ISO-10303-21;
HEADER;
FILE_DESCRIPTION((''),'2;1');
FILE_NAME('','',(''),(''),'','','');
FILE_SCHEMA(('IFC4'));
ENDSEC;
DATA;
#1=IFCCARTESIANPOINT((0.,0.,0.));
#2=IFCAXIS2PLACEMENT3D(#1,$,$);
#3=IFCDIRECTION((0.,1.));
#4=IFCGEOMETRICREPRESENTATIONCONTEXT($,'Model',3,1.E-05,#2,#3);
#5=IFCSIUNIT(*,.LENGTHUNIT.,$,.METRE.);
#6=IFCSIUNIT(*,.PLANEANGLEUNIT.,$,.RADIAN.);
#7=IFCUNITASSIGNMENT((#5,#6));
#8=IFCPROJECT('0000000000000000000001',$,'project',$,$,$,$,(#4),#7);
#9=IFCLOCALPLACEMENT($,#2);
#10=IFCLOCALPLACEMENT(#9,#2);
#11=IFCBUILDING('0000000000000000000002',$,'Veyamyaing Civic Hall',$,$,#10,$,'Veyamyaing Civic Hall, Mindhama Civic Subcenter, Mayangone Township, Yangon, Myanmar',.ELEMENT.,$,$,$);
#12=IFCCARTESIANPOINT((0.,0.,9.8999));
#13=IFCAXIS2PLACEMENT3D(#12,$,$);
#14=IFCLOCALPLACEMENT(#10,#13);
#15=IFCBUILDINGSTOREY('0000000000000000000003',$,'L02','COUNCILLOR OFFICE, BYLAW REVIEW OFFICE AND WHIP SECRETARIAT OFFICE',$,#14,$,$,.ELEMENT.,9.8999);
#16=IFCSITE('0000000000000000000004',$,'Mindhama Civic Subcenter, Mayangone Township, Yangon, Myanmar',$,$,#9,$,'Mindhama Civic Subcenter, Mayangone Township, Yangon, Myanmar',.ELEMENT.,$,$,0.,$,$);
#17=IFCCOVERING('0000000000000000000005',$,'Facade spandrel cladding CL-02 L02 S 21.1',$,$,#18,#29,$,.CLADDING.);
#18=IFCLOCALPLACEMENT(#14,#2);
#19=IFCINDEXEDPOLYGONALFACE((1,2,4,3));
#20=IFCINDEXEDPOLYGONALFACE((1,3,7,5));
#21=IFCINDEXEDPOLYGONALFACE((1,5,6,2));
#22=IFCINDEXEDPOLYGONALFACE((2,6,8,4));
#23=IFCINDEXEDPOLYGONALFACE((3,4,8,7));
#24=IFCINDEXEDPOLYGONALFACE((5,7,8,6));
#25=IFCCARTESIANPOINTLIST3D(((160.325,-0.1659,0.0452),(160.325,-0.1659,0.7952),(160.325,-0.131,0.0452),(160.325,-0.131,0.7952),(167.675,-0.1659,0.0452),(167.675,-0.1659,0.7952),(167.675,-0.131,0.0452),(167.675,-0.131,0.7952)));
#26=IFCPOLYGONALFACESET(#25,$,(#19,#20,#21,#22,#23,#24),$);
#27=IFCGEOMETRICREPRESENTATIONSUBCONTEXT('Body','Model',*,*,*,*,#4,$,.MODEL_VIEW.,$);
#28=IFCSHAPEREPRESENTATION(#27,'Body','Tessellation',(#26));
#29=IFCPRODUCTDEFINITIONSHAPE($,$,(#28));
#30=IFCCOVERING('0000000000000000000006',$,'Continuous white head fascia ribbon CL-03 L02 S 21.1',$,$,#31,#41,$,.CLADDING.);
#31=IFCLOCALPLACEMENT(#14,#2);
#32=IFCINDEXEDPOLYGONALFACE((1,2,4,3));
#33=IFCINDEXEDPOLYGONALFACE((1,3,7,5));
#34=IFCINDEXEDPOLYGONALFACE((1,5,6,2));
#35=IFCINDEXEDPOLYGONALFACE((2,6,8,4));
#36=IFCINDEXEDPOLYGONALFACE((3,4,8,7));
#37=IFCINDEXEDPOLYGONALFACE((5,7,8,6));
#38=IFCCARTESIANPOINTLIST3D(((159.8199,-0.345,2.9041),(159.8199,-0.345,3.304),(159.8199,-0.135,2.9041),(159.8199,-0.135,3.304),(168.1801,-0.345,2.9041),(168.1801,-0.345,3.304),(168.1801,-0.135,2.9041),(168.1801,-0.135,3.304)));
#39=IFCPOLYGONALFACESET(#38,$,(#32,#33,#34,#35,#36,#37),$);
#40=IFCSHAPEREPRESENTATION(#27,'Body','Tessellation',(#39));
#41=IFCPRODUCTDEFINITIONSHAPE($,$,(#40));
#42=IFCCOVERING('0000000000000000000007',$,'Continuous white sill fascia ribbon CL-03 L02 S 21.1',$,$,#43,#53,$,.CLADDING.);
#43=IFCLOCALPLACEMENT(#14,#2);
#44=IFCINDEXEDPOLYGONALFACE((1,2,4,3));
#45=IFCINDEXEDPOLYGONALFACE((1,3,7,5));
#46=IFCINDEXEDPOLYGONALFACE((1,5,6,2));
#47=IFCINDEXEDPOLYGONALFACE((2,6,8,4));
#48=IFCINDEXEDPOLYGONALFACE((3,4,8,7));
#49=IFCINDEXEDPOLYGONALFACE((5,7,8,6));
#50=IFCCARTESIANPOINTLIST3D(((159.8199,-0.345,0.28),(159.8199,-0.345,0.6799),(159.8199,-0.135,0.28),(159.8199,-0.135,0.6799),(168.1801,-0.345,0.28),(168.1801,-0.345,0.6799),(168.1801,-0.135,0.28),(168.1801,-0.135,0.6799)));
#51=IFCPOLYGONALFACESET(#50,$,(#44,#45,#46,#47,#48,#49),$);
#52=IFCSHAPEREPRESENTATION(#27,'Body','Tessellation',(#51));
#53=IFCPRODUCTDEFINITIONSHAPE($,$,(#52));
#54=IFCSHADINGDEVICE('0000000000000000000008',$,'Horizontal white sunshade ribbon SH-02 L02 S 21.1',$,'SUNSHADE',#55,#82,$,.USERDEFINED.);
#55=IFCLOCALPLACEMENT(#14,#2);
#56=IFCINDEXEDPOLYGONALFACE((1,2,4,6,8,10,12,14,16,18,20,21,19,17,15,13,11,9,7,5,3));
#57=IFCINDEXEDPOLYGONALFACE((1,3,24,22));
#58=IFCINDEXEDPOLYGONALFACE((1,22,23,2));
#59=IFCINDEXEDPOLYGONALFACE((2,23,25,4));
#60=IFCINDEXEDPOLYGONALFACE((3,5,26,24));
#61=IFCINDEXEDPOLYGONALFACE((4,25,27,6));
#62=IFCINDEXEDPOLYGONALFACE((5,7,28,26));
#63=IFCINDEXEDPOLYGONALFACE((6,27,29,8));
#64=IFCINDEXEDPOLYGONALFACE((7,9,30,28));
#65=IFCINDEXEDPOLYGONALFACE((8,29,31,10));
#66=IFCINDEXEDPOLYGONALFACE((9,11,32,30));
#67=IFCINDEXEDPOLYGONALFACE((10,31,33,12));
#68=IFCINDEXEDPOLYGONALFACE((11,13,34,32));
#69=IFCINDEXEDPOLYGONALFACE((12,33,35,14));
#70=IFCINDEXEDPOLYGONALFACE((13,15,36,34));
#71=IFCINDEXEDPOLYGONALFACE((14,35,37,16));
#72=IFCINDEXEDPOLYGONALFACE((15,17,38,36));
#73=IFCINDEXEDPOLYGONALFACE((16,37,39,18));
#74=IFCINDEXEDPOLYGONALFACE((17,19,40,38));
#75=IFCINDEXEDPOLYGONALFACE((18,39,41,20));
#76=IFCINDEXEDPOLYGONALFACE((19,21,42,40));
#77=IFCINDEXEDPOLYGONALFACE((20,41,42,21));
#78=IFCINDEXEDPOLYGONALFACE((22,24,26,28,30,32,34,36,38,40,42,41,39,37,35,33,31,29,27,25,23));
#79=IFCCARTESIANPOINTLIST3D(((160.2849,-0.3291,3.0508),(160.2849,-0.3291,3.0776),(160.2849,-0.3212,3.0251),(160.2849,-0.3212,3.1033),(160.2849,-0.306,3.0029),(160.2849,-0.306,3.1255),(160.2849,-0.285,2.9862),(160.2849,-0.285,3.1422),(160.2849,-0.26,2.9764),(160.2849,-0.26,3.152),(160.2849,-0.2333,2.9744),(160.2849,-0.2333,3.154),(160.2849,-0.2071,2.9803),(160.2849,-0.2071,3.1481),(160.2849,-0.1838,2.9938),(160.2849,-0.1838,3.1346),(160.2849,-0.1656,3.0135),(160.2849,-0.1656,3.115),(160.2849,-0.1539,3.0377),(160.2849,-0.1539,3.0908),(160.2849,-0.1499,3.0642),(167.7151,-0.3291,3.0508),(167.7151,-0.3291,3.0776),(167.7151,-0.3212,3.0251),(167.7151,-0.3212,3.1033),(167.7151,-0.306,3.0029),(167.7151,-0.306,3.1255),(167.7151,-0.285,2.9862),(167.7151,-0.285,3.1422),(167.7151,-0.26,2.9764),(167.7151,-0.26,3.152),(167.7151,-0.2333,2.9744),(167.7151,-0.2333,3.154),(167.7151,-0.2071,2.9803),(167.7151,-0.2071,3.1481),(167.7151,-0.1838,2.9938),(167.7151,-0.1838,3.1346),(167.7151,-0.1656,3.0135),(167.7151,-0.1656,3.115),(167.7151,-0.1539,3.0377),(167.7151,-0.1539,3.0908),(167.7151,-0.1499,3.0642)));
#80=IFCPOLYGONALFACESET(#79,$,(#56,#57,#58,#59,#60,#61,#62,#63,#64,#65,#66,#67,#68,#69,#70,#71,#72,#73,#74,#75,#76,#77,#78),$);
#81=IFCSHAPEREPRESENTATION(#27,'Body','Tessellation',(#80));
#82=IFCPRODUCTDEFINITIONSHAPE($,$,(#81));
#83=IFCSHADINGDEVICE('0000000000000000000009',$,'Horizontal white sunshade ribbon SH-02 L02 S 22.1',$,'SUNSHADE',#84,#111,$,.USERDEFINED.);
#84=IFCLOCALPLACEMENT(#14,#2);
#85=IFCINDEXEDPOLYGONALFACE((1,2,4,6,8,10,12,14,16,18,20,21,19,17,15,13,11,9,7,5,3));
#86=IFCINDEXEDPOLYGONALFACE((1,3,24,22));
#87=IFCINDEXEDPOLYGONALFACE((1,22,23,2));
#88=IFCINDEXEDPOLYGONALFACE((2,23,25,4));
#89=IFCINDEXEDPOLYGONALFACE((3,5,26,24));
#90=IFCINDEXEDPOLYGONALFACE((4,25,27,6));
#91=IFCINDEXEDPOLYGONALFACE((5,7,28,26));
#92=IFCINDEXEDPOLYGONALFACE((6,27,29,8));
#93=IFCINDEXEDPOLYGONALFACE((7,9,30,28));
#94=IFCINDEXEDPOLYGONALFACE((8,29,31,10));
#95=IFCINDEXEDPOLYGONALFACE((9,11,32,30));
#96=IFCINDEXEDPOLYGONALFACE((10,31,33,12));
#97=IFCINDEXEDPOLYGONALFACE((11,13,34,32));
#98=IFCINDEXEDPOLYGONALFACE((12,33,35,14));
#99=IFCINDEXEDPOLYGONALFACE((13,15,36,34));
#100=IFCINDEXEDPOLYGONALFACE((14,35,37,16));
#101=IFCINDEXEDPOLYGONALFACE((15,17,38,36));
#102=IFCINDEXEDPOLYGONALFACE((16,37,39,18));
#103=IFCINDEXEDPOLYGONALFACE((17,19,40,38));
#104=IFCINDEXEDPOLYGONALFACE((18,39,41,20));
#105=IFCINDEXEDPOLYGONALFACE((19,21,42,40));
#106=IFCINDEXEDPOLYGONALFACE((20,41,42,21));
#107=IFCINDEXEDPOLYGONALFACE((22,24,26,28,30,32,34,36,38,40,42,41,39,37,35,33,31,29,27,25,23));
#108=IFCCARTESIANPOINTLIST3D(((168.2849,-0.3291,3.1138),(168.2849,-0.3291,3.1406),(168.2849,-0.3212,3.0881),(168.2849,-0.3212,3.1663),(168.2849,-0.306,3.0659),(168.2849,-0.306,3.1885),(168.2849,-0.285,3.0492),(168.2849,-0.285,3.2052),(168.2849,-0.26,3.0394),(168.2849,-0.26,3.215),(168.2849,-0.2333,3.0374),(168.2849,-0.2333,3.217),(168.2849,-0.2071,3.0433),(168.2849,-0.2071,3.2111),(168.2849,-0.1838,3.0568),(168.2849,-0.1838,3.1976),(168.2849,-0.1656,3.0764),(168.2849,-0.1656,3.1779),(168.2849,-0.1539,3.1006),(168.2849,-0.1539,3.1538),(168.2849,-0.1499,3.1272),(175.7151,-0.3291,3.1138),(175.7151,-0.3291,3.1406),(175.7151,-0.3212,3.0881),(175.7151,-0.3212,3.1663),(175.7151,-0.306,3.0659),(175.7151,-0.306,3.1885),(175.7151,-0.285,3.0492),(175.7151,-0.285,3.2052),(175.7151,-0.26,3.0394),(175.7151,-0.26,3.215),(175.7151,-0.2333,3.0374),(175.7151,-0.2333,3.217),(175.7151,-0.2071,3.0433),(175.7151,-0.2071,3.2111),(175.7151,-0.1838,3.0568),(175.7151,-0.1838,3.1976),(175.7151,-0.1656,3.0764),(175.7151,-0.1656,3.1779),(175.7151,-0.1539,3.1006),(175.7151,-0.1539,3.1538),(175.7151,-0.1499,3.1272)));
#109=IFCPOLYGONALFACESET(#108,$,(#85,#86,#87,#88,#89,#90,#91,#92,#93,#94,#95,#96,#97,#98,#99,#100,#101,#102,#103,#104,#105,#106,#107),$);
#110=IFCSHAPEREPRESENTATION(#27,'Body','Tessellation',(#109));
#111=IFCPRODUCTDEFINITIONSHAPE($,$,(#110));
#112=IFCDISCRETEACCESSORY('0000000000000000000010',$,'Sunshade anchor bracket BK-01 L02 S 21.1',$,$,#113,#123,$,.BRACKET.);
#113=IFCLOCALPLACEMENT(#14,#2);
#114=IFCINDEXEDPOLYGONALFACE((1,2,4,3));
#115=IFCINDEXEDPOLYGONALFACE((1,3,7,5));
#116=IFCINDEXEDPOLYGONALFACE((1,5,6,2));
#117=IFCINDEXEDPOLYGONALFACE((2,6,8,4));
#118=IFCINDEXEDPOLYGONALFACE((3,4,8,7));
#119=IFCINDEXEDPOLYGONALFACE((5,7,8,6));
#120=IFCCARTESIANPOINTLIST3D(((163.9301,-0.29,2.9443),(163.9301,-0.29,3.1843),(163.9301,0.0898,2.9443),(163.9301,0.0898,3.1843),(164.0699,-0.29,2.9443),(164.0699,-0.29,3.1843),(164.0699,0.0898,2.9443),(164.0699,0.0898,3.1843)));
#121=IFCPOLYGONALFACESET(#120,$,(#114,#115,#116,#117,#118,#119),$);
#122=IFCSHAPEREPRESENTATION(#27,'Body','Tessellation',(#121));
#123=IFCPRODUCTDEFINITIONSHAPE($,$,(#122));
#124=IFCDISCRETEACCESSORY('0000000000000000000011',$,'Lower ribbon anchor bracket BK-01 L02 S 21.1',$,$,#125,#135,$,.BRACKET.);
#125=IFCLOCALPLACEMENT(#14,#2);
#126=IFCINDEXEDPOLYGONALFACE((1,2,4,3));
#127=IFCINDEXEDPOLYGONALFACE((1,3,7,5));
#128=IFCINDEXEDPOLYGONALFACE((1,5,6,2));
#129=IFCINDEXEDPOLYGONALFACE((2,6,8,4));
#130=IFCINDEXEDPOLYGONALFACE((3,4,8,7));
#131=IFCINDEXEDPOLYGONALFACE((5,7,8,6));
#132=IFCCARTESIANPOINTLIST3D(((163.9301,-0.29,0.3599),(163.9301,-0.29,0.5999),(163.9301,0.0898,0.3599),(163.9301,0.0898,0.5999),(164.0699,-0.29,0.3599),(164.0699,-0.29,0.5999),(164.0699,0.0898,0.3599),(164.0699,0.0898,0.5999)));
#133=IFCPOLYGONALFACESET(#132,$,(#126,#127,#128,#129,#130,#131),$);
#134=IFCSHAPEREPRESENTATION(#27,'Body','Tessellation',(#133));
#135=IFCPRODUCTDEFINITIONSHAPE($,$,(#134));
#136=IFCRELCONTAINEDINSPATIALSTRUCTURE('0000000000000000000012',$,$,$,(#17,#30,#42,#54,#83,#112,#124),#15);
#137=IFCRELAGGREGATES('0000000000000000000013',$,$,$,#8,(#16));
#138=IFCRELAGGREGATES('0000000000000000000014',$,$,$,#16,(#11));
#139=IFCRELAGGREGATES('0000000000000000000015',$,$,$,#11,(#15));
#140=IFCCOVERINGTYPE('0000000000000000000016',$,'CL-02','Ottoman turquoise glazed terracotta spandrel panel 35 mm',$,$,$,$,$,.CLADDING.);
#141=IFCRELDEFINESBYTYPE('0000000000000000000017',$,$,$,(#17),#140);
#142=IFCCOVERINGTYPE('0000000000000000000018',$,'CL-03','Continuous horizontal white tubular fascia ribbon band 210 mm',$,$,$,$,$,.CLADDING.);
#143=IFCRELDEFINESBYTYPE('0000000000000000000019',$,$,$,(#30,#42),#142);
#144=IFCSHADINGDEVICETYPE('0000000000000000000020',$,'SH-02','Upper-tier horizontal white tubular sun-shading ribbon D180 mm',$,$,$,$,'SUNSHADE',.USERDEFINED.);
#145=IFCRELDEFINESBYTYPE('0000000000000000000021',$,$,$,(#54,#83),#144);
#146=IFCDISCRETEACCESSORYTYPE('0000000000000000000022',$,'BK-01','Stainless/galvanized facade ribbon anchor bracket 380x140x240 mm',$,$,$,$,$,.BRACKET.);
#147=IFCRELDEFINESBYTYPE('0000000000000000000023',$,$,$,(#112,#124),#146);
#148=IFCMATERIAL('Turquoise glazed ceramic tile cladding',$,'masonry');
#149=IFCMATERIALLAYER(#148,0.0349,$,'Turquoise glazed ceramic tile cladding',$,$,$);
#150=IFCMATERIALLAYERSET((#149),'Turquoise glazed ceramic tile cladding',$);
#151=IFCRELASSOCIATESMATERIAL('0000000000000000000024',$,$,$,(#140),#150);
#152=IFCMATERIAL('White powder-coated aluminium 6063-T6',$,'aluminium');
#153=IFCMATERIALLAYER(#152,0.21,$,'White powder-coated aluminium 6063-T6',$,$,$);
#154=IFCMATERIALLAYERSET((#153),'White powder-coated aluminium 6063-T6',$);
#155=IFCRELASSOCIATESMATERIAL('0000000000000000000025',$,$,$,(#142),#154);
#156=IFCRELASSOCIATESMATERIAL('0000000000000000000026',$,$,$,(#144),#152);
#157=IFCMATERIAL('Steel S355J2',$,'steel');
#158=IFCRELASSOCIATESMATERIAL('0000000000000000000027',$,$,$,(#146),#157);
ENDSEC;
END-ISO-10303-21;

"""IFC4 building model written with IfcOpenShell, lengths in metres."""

from ifc_helpers import new_model, si_unit, direction, frame, origin, origin_2d, place, context, subcontext, project, spatial, rectangle, circle, extrude, material, layer, layer_set, material_profile, profile_set, type_object, element, save


model = new_model("IFC4")

# Units and contexts
model_context = context("Model", 3, precision=1e-05, world=origin(), true_north=direction((0.0, 1.0)))
body_context = subcontext(model_context, "Body", "Model", "MODEL_VIEW")
ifc_project = project(units=[si_unit("LENGTHUNIT", "METRE"), si_unit("PLANEANGLEUNIT", "RADIAN")], contexts=[model_context])

# Site, building, storey
site_placement = place(None, origin())
site = spatial("IfcSite", under=ifc_project, at=site_placement, Name="Mindhama Civic Subcenter, Mayangone Township, Yangon, Myanmar", LongName="Mindhama Civic Subcenter, Mayangone Township, Yangon, Myanmar", CompositionType="ELEMENT", RefElevation=0.0)
building_placement = place(site_placement, origin())
building = spatial("IfcBuilding", under=site, at=building_placement, Name="Veyamyaing Civic Hall", LongName="Veyamyaing Civic Hall, Mindhama Civic Subcenter, Mayangone Township, Yangon, Myanmar", CompositionType="ELEMENT")
storey_placement = place(building_placement, frame((0.0, 0.0, 9.8999)))
storey = spatial("IfcBuildingStorey", under=building, at=storey_placement, Name="L02", Description="COUNCILLOR OFFICE, BYLAW REVIEW OFFICE AND WHIP SECRETARIAT OFFICE", CompositionType="ELEMENT", Elevation=9.8999)

# Coverings
ifc_material_1 = material(Name="Turquoise glazed ceramic tile cladding", Category="masonry")
ifc_layer_1 = layer(ifc_material_1, 0.0349, Name="Turquoise glazed ceramic tile cladding")
ifc_layer_set_1 = layer_set([ifc_layer_1], Name="Turquoise glazed ceramic tile cladding")
covering_type_1 = type_object("IfcCoveringType", Name="CL-02", Description="Ottoman turquoise glazed terracotta spandrel panel 35 mm", PredefinedType="CLADDING", material=ifc_layer_set_1)
covering_placement = place(storey_placement, frame((164.0, -0.1484, 0.0452), z_axis=(0.0, 0.0, 1.0), x_axis=(1.0, 0.0, 0.0)))
element("IfcCovering", 1, at=covering_placement, inside=storey, type_object=covering_type_1, Name="Facade spandrel cladding CL-02 L02 S 21.1", PredefinedType="CLADDING", context=body_context, shape_type="SweptSolid", body=[
    extrude(rectangle(XDim=7.3501, YDim=0.0349, at=origin_2d()), origin(), (0.0, 0.0, 1.0), 0.75),
])
ifc_material_2 = material(Name="White powder-coated aluminium 6063-T6", Category="aluminium")
ifc_layer_2 = layer(ifc_material_2, 0.21, Name="White powder-coated aluminium 6063-T6")
ifc_layer_set_2 = layer_set([ifc_layer_2], Name="White powder-coated aluminium 6063-T6")
covering_type_2 = type_object("IfcCoveringType", Name="CL-03", Description="Continuous horizontal white tubular fascia ribbon band 210 mm", PredefinedType="CLADDING", material=ifc_layer_set_2)
for number, where, z_axis, x_axis, name in (
    (2, (164.0, -0.24, 2.9041), (0.0, 0.0, 1.0), (1.0, 0.0, 0.0), "Continuous white head fascia ribbon CL-03 L02 S 21.1"),
    (3, (164.0, -0.24, 0.28), (0.0, 0.0, 1.0), (1.0, 0.0, 0.0), "Continuous white sill fascia ribbon CL-03 L02 S 21.1"),
):
    element("IfcCovering", number, at=place(storey_placement, frame(where, z_axis=z_axis, x_axis=x_axis)), inside=storey, type_object=covering_type_2, Name=name, PredefinedType="CLADDING", context=body_context, shape_type="SweptSolid", body=[
        extrude(rectangle(XDim=8.3601, YDim=0.21, at=origin_2d()), origin(), (0.0, 0.0, 1.0), 0.3999),
    ])

# Shading devices
ifc_material_profile_1 = material_profile(ifc_material_2, circle(Radius=0.0901, at=origin_2d()), Name="SHADE-TUBE-180")
ifc_profile_set_1 = profile_set([ifc_material_profile_1], Name="White powder-coated aluminium 6063-T6")
shading_device_type = type_object("IfcShadingDeviceType", Name="SH-02", Description="Upper-tier horizontal white tubular sun-shading ribbon D180 mm", ElementType="SUNSHADE", PredefinedType="USERDEFINED", material=ifc_profile_set_1)
for number, where, z_axis, x_axis, name in (
    (4, (160.2849, -0.24, 3.0642), (1.0, 0.0, 0.0), (0.0, 1.0, 0.0), "Horizontal white sunshade ribbon SH-02 L02 S 21.1"),
    (5, (168.2849, -0.24, 3.1272), (1.0, 0.0, 0.0), (0.0, 1.0, 0.0), "Horizontal white sunshade ribbon SH-02 L02 S 22.1"),
):
    element("IfcShadingDevice", number, at=place(storey_placement, frame(where, z_axis=z_axis, x_axis=x_axis)), inside=storey, type_object=shading_device_type, Name=name, ObjectType="SUNSHADE", PredefinedType="USERDEFINED", context=body_context, shape_type="SweptSolid", body=[
        extrude(circle(Radius=0.0901, at=origin_2d()), origin(), (0.0, 0.0, 1.0), 7.4302),
    ])

# Discrete accessories
ifc_material_3 = material(Name="Steel S355J2", Category="steel")
discrete_accessory_type = type_object("IfcDiscreteAccessoryType", Name="BK-01", Description="Stainless/galvanized facade ribbon anchor bracket 380x140x240 mm", PredefinedType="BRACKET", material=ifc_material_3)
for number, where, z_axis, x_axis, name in (
    (6, (164.0, -0.1001, 2.9443), (0.0, 0.0, 1.0), (0.0, -1.0, 0.0), "Sunshade anchor bracket BK-01 L02 S 21.1"),
    (7, (164.0, -0.1001, 0.3599), (0.0, 0.0, 1.0), (0.0, -1.0, 0.0), "Lower ribbon anchor bracket BK-01 L02 S 21.1"),
):
    element("IfcDiscreteAccessory", number, at=place(storey_placement, frame(where, z_axis=z_axis, x_axis=x_axis)), inside=storey, type_object=discrete_accessory_type, Name=name, PredefinedType="BRACKET", context=body_context, shape_type="SweptSolid", body=[
        extrude(rectangle(XDim=0.3799, YDim=0.1399, at=origin_2d()), origin(), (0.0, 0.0, 1.0), 0.24),
    ])

save(model, "model.ifc")
